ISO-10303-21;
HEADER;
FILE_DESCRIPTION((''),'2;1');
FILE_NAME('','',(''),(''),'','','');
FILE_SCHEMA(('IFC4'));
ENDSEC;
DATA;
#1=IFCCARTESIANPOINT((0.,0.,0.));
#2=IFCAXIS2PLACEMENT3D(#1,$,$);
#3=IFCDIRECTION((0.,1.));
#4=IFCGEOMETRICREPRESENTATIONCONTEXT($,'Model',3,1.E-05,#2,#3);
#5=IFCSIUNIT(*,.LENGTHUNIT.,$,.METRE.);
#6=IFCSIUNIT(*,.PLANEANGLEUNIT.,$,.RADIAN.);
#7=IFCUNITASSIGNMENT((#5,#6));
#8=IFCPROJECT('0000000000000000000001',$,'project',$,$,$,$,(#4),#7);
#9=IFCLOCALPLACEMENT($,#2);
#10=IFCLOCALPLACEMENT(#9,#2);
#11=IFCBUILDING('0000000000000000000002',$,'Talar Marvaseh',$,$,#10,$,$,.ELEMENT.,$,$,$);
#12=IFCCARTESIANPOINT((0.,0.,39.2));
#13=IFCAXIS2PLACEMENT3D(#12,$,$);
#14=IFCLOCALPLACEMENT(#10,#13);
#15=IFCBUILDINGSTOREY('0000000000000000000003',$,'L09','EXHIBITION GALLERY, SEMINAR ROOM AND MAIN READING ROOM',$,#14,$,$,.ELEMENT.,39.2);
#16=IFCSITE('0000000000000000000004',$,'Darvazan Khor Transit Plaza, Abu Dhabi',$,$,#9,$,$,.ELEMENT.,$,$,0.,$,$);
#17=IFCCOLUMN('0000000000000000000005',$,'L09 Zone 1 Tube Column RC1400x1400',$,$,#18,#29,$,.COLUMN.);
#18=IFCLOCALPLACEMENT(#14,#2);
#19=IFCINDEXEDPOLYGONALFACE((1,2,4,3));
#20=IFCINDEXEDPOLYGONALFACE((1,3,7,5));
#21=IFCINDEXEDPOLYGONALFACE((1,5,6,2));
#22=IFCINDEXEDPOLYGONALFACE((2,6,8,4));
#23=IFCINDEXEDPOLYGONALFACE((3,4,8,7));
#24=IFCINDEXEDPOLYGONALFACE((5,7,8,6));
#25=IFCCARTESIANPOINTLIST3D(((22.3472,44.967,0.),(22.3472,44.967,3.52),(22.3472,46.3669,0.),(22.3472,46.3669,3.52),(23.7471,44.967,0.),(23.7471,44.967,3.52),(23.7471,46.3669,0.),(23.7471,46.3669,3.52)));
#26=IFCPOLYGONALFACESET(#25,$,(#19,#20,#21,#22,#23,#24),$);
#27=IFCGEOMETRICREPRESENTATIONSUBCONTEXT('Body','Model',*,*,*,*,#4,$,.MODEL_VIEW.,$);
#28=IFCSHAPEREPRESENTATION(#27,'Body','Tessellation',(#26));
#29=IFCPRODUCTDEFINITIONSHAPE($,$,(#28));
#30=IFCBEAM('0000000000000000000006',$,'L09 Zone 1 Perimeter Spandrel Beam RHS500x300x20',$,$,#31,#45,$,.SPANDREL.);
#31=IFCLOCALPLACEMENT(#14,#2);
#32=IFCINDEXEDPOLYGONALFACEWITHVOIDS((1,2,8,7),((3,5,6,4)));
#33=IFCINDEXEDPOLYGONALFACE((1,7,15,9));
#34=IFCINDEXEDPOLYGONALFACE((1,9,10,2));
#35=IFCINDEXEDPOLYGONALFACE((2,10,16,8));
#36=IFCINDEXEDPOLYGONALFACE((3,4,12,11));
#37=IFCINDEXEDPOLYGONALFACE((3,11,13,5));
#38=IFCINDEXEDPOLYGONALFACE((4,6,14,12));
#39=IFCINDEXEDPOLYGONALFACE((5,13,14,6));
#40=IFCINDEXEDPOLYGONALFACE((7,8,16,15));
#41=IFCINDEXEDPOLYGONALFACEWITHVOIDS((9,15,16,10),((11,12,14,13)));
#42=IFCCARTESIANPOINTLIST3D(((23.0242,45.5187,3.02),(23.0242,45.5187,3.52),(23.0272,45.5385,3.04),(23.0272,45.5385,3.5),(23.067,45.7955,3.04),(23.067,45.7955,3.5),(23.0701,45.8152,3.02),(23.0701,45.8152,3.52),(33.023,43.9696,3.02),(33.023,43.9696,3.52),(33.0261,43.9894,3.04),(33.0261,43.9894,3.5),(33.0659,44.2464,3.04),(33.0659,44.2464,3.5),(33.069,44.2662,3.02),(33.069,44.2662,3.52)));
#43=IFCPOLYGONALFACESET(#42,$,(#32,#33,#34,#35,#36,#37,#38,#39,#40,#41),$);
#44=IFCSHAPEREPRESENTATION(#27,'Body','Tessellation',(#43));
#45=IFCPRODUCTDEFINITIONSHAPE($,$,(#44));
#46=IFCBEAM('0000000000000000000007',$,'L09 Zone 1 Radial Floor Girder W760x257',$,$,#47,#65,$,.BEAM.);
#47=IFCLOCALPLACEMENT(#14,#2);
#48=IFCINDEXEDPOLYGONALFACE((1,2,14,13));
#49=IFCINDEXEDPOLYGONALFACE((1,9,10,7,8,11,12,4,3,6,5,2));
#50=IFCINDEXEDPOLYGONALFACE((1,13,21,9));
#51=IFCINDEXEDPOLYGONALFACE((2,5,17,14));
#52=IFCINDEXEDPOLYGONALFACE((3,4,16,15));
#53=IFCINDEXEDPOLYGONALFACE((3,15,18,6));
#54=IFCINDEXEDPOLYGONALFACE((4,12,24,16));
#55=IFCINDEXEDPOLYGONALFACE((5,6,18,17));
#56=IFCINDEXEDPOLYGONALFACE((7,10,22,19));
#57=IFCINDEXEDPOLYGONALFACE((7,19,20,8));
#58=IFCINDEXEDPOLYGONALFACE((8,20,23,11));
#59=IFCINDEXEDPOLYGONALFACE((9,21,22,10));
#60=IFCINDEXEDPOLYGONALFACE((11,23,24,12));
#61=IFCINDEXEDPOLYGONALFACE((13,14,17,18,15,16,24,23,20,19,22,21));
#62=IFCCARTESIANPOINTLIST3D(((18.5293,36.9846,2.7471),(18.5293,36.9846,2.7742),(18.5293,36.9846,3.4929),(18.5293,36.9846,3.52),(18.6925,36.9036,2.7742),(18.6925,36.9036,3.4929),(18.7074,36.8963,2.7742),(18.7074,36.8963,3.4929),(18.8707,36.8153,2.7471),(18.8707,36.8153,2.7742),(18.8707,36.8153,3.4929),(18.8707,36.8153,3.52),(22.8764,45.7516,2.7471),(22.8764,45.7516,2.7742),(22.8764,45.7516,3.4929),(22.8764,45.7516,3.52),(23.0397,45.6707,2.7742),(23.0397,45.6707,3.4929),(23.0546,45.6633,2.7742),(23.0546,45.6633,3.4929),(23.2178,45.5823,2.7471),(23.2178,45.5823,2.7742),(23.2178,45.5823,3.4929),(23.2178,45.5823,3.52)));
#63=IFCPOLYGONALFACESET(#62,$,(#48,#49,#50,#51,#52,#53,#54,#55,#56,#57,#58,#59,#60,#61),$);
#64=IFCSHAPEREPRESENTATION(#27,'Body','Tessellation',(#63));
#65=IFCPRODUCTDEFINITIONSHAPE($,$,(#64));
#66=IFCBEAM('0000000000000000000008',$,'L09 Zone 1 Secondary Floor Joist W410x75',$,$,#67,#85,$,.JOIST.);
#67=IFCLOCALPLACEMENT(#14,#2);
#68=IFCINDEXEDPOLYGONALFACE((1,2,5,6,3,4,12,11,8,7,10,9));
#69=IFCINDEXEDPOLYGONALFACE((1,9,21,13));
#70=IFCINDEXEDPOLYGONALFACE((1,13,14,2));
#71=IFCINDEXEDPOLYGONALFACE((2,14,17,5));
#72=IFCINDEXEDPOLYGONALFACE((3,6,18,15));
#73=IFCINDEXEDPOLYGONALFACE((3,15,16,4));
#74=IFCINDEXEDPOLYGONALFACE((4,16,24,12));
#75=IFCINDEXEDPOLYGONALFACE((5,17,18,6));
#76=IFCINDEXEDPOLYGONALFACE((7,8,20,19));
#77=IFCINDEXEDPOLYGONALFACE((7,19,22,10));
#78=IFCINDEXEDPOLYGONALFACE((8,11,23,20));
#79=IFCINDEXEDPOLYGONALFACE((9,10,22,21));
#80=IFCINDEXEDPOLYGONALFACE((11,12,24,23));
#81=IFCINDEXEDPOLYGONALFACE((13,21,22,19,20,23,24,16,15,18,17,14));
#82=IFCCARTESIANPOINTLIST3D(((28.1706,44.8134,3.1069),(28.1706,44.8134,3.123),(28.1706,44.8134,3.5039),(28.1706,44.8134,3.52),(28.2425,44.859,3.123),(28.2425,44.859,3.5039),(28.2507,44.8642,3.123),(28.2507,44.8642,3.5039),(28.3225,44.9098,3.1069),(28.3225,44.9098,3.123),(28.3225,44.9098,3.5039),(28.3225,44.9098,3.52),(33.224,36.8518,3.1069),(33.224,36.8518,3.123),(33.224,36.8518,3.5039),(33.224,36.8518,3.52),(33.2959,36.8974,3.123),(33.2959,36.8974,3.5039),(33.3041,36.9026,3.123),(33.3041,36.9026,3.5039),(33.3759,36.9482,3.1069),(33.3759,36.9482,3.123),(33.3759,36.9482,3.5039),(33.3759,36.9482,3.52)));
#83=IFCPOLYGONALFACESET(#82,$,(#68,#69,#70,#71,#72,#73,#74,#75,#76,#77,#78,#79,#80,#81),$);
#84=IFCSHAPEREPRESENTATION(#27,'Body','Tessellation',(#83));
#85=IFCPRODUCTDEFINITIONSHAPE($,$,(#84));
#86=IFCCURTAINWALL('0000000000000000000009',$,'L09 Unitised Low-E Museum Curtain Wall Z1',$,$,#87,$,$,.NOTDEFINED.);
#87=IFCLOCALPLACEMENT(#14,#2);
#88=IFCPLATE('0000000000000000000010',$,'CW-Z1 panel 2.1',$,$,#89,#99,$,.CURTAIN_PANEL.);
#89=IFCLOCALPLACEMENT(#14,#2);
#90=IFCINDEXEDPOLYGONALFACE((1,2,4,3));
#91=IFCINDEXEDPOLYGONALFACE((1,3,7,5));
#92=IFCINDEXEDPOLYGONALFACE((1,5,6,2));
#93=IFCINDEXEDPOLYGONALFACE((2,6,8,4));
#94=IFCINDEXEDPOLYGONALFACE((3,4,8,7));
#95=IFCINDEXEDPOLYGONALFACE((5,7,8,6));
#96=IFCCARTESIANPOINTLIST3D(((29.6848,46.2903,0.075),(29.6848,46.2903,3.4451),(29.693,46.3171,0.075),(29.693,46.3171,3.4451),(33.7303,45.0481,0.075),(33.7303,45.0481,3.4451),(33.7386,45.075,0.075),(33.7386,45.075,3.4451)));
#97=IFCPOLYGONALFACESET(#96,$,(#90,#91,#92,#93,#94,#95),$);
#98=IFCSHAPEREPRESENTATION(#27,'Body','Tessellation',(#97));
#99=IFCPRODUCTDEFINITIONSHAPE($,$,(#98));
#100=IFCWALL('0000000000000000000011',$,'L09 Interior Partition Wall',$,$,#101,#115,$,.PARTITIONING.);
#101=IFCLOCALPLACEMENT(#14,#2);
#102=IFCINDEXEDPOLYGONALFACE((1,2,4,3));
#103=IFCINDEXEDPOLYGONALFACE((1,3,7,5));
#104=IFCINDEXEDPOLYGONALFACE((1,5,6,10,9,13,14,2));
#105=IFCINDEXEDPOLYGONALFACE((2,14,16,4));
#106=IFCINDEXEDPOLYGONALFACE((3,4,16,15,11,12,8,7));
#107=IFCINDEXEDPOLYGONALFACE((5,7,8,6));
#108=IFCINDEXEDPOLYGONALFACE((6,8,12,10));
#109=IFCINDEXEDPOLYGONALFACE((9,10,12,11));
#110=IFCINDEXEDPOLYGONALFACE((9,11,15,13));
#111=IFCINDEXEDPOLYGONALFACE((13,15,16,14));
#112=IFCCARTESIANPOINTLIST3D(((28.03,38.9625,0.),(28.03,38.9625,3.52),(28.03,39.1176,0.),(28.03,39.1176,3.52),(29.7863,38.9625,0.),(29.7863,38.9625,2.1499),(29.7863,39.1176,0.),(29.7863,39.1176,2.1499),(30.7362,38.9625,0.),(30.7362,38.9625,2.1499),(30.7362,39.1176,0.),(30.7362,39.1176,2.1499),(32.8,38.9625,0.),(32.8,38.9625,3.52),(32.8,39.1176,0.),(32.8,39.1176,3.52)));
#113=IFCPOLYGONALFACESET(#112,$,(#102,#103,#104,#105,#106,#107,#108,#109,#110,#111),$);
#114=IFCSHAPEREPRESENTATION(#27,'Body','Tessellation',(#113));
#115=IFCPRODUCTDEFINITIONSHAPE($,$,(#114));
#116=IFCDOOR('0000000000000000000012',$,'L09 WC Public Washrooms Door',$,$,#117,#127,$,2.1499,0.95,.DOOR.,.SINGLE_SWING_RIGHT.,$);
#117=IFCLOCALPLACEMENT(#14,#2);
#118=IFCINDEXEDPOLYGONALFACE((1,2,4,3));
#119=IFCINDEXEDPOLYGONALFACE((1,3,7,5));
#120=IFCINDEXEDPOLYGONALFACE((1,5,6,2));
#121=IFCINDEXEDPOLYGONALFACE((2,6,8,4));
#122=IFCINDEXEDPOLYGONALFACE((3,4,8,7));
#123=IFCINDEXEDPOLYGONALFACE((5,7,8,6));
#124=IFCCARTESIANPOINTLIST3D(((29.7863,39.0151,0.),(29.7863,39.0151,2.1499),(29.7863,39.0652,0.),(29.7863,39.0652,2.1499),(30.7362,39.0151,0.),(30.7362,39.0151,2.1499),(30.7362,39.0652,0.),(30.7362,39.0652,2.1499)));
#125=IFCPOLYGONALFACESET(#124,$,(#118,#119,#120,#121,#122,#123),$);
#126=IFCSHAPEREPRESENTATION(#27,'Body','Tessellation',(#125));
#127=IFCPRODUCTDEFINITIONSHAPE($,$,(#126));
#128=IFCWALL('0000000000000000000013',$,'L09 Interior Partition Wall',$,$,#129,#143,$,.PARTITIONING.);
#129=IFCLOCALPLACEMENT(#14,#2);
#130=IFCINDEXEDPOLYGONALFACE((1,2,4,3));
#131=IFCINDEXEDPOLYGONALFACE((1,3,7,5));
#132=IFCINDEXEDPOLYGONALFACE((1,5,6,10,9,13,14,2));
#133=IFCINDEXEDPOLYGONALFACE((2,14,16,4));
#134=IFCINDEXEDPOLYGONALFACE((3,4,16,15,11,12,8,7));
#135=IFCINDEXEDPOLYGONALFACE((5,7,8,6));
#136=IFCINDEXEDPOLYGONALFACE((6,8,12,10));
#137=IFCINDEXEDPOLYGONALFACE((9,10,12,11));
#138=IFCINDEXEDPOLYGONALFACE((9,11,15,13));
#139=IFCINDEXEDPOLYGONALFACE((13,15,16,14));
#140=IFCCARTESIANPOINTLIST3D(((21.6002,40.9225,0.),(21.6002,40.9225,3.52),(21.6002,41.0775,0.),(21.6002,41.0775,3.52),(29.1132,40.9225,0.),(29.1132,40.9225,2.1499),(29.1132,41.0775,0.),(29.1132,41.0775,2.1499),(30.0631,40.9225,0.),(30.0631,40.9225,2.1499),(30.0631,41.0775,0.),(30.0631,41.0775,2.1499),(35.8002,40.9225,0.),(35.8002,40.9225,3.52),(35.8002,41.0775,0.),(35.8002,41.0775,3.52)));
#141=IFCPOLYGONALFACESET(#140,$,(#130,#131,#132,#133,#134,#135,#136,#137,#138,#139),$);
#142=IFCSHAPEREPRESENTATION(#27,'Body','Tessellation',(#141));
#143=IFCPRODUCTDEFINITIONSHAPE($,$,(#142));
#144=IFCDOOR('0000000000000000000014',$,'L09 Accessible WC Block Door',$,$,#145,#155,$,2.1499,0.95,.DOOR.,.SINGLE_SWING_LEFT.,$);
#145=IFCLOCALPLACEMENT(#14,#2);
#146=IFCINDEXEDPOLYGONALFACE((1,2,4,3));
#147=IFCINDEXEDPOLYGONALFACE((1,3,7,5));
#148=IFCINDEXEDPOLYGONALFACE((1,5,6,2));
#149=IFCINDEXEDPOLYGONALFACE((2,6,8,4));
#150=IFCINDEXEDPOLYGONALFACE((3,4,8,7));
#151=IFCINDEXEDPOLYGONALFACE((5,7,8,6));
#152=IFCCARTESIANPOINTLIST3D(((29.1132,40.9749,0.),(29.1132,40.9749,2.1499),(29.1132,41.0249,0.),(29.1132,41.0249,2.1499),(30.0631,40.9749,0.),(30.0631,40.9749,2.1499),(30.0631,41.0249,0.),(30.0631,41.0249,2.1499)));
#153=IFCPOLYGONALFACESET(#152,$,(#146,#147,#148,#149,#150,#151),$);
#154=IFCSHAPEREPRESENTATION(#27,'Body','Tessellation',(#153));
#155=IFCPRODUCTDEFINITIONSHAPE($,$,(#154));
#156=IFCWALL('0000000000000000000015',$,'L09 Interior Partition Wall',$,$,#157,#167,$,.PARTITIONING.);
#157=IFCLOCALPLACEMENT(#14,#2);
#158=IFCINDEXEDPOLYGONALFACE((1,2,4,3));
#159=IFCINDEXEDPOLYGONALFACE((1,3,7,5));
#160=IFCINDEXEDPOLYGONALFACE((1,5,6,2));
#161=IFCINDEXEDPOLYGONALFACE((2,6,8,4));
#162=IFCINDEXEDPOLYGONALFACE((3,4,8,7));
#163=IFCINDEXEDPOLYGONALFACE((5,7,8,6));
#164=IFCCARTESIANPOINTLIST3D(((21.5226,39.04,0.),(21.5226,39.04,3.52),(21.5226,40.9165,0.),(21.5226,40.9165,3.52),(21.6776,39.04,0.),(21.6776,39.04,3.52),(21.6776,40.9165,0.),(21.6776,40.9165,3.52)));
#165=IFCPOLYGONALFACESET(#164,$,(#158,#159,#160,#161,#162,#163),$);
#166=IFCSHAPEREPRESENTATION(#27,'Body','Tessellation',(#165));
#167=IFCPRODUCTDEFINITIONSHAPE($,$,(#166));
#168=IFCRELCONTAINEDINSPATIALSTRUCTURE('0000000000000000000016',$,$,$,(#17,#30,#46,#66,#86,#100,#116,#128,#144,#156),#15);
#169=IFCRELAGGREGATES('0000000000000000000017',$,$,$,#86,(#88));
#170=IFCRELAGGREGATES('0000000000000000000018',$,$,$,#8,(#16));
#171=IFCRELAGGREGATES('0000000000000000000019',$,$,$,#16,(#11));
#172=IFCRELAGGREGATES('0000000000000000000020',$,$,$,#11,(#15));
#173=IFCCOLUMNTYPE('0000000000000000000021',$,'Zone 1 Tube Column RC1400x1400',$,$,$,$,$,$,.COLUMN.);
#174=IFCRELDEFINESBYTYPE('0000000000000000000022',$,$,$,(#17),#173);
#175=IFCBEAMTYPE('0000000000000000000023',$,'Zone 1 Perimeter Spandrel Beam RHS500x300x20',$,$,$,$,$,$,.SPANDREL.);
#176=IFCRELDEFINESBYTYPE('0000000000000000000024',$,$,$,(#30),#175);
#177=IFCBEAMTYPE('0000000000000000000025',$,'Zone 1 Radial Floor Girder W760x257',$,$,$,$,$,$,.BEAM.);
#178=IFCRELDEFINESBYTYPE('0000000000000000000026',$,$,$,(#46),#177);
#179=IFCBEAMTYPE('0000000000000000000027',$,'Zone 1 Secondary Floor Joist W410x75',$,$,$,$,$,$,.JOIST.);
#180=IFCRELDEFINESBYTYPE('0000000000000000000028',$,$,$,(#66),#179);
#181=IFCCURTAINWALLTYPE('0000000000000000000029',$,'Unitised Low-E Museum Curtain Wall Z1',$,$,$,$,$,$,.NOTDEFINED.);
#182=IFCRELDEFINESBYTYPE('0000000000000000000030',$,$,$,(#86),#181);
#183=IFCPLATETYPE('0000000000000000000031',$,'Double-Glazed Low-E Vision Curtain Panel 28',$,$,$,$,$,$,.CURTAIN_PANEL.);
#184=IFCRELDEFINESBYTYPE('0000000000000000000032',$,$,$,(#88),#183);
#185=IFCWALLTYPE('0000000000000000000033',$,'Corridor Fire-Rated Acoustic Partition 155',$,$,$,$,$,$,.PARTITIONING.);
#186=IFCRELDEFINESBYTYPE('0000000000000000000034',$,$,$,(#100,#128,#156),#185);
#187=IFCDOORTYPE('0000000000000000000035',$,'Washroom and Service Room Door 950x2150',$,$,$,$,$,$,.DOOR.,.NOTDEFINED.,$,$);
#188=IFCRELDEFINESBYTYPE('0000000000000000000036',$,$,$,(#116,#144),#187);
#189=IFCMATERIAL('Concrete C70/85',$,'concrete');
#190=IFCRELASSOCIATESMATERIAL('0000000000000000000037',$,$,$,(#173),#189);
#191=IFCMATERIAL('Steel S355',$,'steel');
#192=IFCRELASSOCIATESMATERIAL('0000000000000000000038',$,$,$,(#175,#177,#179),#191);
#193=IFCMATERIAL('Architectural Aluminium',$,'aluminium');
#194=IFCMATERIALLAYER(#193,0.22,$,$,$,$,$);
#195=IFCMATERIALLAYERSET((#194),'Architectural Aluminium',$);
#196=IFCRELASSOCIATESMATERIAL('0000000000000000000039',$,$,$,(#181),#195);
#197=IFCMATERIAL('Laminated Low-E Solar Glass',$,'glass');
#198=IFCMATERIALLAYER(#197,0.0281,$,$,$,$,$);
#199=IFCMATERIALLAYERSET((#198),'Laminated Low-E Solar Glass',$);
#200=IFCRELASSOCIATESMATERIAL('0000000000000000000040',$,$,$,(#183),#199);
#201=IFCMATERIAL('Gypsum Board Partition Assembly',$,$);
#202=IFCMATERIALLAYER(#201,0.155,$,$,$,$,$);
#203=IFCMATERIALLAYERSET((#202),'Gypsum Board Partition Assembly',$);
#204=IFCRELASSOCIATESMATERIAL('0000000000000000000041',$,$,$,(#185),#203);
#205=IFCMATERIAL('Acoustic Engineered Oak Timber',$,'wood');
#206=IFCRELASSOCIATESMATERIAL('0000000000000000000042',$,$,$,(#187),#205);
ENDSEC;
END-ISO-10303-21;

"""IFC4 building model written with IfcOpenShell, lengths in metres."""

from ifc_helpers import new_model, si_unit, direction, frame, frame_2d, origin, origin_2d, place, context, subcontext, project, spatial, rectangle, hollow_rectangle, i_section, extrude, source, transform, mapped, material, layer, layer_set, material_profile, profile_set, type_object, type_shapes, element, fill, aggregate, save


model = new_model("IFC4")

# Units and contexts
model_context = context("Model", 3, precision=1e-05, world=origin(), true_north=direction((0.0, 1.0)))
body_context = subcontext(model_context, "Body", "Model", "MODEL_VIEW")
ifc_project = project(units=[si_unit("LENGTHUNIT", "METRE"), si_unit("PLANEANGLEUNIT", "RADIAN")], contexts=[model_context])

# Site, building, storey
site_placement = place(None, origin())
site = spatial("IfcSite", under=ifc_project, at=site_placement, Name="Darvazan Khor Transit Plaza, Abu Dhabi", CompositionType="ELEMENT", RefElevation=0.0)
building_placement = place(site_placement, origin())
building = spatial("IfcBuilding", under=site, at=building_placement, Name="Talar Marvaseh", CompositionType="ELEMENT")
storey_placement = place(building_placement, frame((0.0, 0.0, 39.2)))
storey = spatial("IfcBuildingStorey", under=building, at=storey_placement, Name="L09", Description="EXHIBITION GALLERY, SEMINAR ROOM AND MAIN READING ROOM", CompositionType="ELEMENT", Elevation=39.2)

# Column
ifc_material_1 = material(Name="Concrete C70/85", Category="concrete")
ifc_material_profile_1 = material_profile(ifc_material_1, rectangle(XDim=1.3999, YDim=1.3999, at=origin_2d()), Name="RC1400x1400")
ifc_profile_set_1 = profile_set([ifc_material_profile_1], Name="Concrete C70/85")
column_type = type_object("IfcColumnType", Name="Zone 1 Tube Column RC1400x1400", PredefinedType="COLUMN", material=ifc_profile_set_1)
column_placement = place(storey_placement, frame((23.0471, 45.667, 0.0), z_axis=(0.0, 0.0, 1.0), x_axis=(1.0, 0.0, 0.0)))
element("IfcColumn", 1, at=column_placement, inside=storey, type_object=column_type, Name="L09 Zone 1 Tube Column RC1400x1400", PredefinedType="COLUMN", context=body_context, shape_type="SweptSolid", body=[
    extrude(rectangle(XDim=1.3999, YDim=1.3999, at=origin_2d()), origin(), (0.0, 0.0, 1.0), 3.52),
])

# Beams
ifc_material_2 = material(Name="Steel S355", Category="steel")
ifc_material_profile_2 = material_profile(ifc_material_2, hollow_rectangle(XDim=0.3, YDim=0.5, WallThickness=0.02, at=origin_2d()), Name="RHS500x300x20")
ifc_profile_set_2 = profile_set([ifc_material_profile_2], Name="Steel S355")
beam_type_1 = type_object("IfcBeamType", Name="Zone 1 Perimeter Spandrel Beam RHS500x300x20", PredefinedType="SPANDREL", material=ifc_profile_set_2)
beam_1_placement = place(storey_placement, frame((23.0471, 45.667, 3.27), z_axis=(0.988211, -0.1531, 0.0), x_axis=(0.1531, 0.988211, 0.0)))
element("IfcBeam", 2, at=beam_1_placement, inside=storey, type_object=beam_type_1, Name="L09 Zone 1 Perimeter Spandrel Beam RHS500x300x20", PredefinedType="SPANDREL", context=body_context, shape_type="SweptSolid", body=[
    extrude(hollow_rectangle(XDim=0.3, YDim=0.5, WallThickness=0.02, at=origin_2d()), origin(), (0.0, 0.0, 1.0), 10.1182),
])
ifc_material_profile_3 = material_profile(ifc_material_2, i_section(OverallWidth=0.3811, OverallDepth=0.7729, WebThickness=0.0166, FlangeThickness=0.0271, at=origin_2d()), Name="W760x257")
ifc_profile_set_3 = profile_set([ifc_material_profile_3], Name="Steel S355")
beam_type_2 = type_object("IfcBeamType", Name="Zone 1 Radial Floor Girder W760x257", PredefinedType="BEAM", material=ifc_profile_set_3)
beam_2_placement = place(storey_placement, frame((23.0471, 45.667, 3.1335), z_axis=(-0.444237, -0.895909, 0.0), x_axis=(0.895909, -0.444237, 0.0)))
element("IfcBeam", 3, at=beam_2_placement, inside=storey, type_object=beam_type_2, Name="L09 Zone 1 Radial Floor Girder W760x257", PredefinedType="BEAM", context=body_context, shape_type="SweptSolid", body=[
    extrude(i_section(OverallWidth=0.3811, OverallDepth=0.7729, WebThickness=0.0166, FlangeThickness=0.0271, at=origin_2d()), origin(), (0.0, 0.0, 1.0), 9.7856),
])
ifc_material_profile_4 = material_profile(ifc_material_2, i_section(OverallWidth=0.1799, OverallDepth=0.4131, WebThickness=0.0098, FlangeThickness=0.0161, at=origin_2d()), Name="W410x75")
ifc_profile_set_4 = profile_set([ifc_material_profile_4], Name="Steel S355")
beam_type_3 = type_object("IfcBeamType", Name="Zone 1 Secondary Floor Joist W410x75", PredefinedType="JOIST", material=ifc_profile_set_4)
beam_3_placement = place(storey_placement, frame((28.2466, 44.8616, 3.3135), z_axis=(0.53589, -0.844288, 0.0), x_axis=(0.844288, 0.53589, 0.0)))
element("IfcBeam", 4, at=beam_3_placement, inside=storey, type_object=beam_type_3, Name="L09 Zone 1 Secondary Floor Joist W410x75", PredefinedType="JOIST", context=body_context, shape_type="SweptSolid", body=[
    extrude(i_section(OverallWidth=0.1799, OverallDepth=0.4131, WebThickness=0.0098, FlangeThickness=0.0161, at=origin_2d()), origin(), (0.0, 0.0, 1.0), 9.4299),
])

# Curtain wall, plate
ifc_material_3 = material(Name="Architectural Aluminium", Category="aluminium")
ifc_layer_1 = layer(ifc_material_3, 0.22)
ifc_layer_set_1 = layer_set([ifc_layer_1], Name="Architectural Aluminium")
curtain_wall_type = type_object("IfcCurtainWallType", Name="Unitised Low-E Museum Curtain Wall Z1", PredefinedType="NOTDEFINED", material=ifc_layer_set_1)
curtain_wall_placement = place(storey_placement, origin())
curtain_wall = element("IfcCurtainWall", 5, at=curtain_wall_placement, inside=storey, type_object=curtain_wall_type, Name="L09 Unitised Low-E Museum Curtain Wall Z1", PredefinedType="NOTDEFINED")
ifc_material_4 = material(Name="Laminated Low-E Solar Glass", Category="glass")
ifc_layer_2 = layer(ifc_material_4, 0.0281)
ifc_layer_set_2 = layer_set([ifc_layer_2], Name="Laminated Low-E Solar Glass")
plate_type = type_object("IfcPlateType", Name="Double-Glazed Low-E Vision Curtain Panel 28", PredefinedType="CURTAIN_PANEL", material=ifc_layer_set_2)
shared_shape_1 = source(origin(), body_context, "Body", "SweptSolid", [
    extrude(rectangle(XDim=4.2319, YDim=0.0281, at=origin_2d()), origin(), (0.0, 0.0, 1.0), 3.3701),
])
type_shapes(plate_type, [shared_shape_1])
plate_placement = place(storey_placement, frame((31.7117, 45.6826, 0.075), z_axis=(0.0, 0.0, 1.0), x_axis=(0.955956, -0.293508, 0.0)))
plate = element("IfcPlate", 6, at=plate_placement, type_object=plate_type, Name="CW-Z1 panel 2.1", PredefinedType="CURTAIN_PANEL", context=body_context, shape_type="MappedRepresentation", body=[
    mapped(shared_shape_1, transform((0.0, 0.0, 0.0), x_axis=(1.0, 0.0, 0.0), y_axis=(0.0, 1.0, 0.0), z_axis=(0.0, 0.0, 1.0), scale=1.0)),
])
aggregate(curtain_wall, [plate])

# Walls, openings, doors
ifc_material_5 = material(Name="Gypsum Board Partition Assembly")
ifc_layer_3 = layer(ifc_material_5, 0.155)
ifc_layer_set_3 = layer_set([ifc_layer_3], Name="Gypsum Board Partition Assembly")
wall_type_1 = type_object("IfcWallType", Name="Corridor Fire-Rated Acoustic Partition 155", PredefinedType="PARTITIONING", material=ifc_layer_set_3)
wall_1_placement = place(storey_placement, frame((32.8, 39.04, 0.0), z_axis=(0.0, 0.0, 1.0), x_axis=(-1.0, 0.0, 0.0)))
wall_1 = element("IfcWall", 7, at=wall_1_placement, inside=storey, type_object=wall_type_1, Name="L09 Interior Partition Wall", PredefinedType="PARTITIONING", context=body_context, shape_type="SweptSolid", body=[
    extrude(rectangle(XDim=4.77, YDim=0.155, at=frame_2d((2.385, 0.0))), origin(), (0.0, 0.0, 1.0), 3.52),
])
opening_1_placement = place(wall_1_placement, frame((2.0637, 0.0, 0.0)))
opening_1 = element("IfcOpeningElement", 8, at=opening_1_placement, cuts=wall_1, PredefinedType="OPENING", context=body_context, shape_type="SweptSolid", body=[
    extrude(rectangle(XDim=0.95, YDim=2.1499, at=frame_2d((0.4751, 1.075))), frame((0.0, 0.0874, 0.0), z_axis=(0.0, -1.0, 0.0), x_axis=(1.0, 0.0, 0.0)), (0.0, 0.0, 1.0), 0.175),
])
ifc_material_6 = material(Name="Acoustic Engineered Oak Timber", Category="wood")
door_type_1 = type_object("IfcDoorType", Name="Washroom and Service Room Door 950x2150", OperationType="NOTDEFINED", PredefinedType="DOOR", material=ifc_material_6)
shared_shape_2 = source(origin(), body_context, "Body", "SweptSolid", [
    extrude(rectangle(XDim=0.95, YDim=2.1499, at=frame_2d((0.4751, 1.075))), frame((0.0, 0.0249, 0.0), z_axis=(0.0, -1.0, 0.0), x_axis=(1.0, 0.0, 0.0)), (0.0, 0.0, 1.0), 0.05),
])
type_shapes(door_type_1, [shared_shape_2])
door_1_placement = place(opening_1_placement, origin())
door_1 = element("IfcDoor", 9, at=door_1_placement, inside=storey, type_object=door_type_1, Name="L09 WC Public Washrooms Door", OperationType="SINGLE_SWING_RIGHT", OverallHeight=2.1499, OverallWidth=0.95, PredefinedType="DOOR", context=body_context, shape_type="MappedRepresentation", body=[
    mapped(shared_shape_2, transform((0.0, 0.0, 0.0), x_axis=(1.0, 0.0, 0.0), y_axis=(0.0, 1.0, 0.0), z_axis=(0.0, 0.0, 1.0), scale=1.0)),
])
fill(opening_1, door_1)
wall_2_placement = place(storey_placement, frame((21.6001, 41.0, 0.0), z_axis=(0.0, 0.0, 1.0), x_axis=(1.0, 0.0, 0.0)))
wall_2 = element("IfcWall", 10, at=wall_2_placement, inside=storey, type_object=wall_type_1, Name="L09 Interior Partition Wall", PredefinedType="PARTITIONING", context=body_context, shape_type="SweptSolid", body=[
    extrude(rectangle(XDim=14.2, YDim=0.155, at=frame_2d((7.1001, 0.0))), origin(), (0.0, 0.0, 1.0), 3.52),
])
opening_2_placement = place(wall_2_placement, frame((7.5129, 0.0, 0.0)))
opening_2 = element("IfcOpeningElement", 11, at=opening_2_placement, cuts=wall_2, PredefinedType="OPENING", context=body_context, shape_type="SweptSolid", body=[
    extrude(rectangle(XDim=0.95, YDim=2.1499, at=frame_2d((0.4751, 1.075))), frame((0.0, 0.0874, 0.0), z_axis=(0.0, -1.0, 0.0), x_axis=(1.0, 0.0, 0.0)), (0.0, 0.0, 1.0), 0.175),
])
door_2_placement = place(opening_2_placement, origin())
door_2 = element("IfcDoor", 12, at=door_2_placement, inside=storey, type_object=door_type_1, Name="L09 Accessible WC Block Door", OperationType="SINGLE_SWING_LEFT", OverallHeight=2.1499, OverallWidth=0.95, PredefinedType="DOOR", context=body_context, shape_type="MappedRepresentation", body=[
    mapped(shared_shape_2, transform((0.0, 0.0, 0.0), x_axis=(1.0, 0.0, 0.0), y_axis=(0.0, 1.0, 0.0), z_axis=(0.0, 0.0, 1.0), scale=1.0)),
])
fill(opening_2, door_2)

# Wall
wall_3_placement = place(storey_placement, frame((21.6001, 39.04, 0.0), z_axis=(0.0, 0.0, 1.0), x_axis=(0.0, 1.0, 0.0)))
element("IfcWall", 13, at=wall_3_placement, inside=storey, type_object=wall_type_1, Name="L09 Interior Partition Wall", PredefinedType="PARTITIONING", context=body_context, shape_type="SweptSolid", body=[
    extrude(rectangle(XDim=1.8765, YDim=0.155, at=frame_2d((0.9382, 0.0))), origin(), (0.0, 0.0, 1.0), 3.52),
])

save(model, "model.ifc")
